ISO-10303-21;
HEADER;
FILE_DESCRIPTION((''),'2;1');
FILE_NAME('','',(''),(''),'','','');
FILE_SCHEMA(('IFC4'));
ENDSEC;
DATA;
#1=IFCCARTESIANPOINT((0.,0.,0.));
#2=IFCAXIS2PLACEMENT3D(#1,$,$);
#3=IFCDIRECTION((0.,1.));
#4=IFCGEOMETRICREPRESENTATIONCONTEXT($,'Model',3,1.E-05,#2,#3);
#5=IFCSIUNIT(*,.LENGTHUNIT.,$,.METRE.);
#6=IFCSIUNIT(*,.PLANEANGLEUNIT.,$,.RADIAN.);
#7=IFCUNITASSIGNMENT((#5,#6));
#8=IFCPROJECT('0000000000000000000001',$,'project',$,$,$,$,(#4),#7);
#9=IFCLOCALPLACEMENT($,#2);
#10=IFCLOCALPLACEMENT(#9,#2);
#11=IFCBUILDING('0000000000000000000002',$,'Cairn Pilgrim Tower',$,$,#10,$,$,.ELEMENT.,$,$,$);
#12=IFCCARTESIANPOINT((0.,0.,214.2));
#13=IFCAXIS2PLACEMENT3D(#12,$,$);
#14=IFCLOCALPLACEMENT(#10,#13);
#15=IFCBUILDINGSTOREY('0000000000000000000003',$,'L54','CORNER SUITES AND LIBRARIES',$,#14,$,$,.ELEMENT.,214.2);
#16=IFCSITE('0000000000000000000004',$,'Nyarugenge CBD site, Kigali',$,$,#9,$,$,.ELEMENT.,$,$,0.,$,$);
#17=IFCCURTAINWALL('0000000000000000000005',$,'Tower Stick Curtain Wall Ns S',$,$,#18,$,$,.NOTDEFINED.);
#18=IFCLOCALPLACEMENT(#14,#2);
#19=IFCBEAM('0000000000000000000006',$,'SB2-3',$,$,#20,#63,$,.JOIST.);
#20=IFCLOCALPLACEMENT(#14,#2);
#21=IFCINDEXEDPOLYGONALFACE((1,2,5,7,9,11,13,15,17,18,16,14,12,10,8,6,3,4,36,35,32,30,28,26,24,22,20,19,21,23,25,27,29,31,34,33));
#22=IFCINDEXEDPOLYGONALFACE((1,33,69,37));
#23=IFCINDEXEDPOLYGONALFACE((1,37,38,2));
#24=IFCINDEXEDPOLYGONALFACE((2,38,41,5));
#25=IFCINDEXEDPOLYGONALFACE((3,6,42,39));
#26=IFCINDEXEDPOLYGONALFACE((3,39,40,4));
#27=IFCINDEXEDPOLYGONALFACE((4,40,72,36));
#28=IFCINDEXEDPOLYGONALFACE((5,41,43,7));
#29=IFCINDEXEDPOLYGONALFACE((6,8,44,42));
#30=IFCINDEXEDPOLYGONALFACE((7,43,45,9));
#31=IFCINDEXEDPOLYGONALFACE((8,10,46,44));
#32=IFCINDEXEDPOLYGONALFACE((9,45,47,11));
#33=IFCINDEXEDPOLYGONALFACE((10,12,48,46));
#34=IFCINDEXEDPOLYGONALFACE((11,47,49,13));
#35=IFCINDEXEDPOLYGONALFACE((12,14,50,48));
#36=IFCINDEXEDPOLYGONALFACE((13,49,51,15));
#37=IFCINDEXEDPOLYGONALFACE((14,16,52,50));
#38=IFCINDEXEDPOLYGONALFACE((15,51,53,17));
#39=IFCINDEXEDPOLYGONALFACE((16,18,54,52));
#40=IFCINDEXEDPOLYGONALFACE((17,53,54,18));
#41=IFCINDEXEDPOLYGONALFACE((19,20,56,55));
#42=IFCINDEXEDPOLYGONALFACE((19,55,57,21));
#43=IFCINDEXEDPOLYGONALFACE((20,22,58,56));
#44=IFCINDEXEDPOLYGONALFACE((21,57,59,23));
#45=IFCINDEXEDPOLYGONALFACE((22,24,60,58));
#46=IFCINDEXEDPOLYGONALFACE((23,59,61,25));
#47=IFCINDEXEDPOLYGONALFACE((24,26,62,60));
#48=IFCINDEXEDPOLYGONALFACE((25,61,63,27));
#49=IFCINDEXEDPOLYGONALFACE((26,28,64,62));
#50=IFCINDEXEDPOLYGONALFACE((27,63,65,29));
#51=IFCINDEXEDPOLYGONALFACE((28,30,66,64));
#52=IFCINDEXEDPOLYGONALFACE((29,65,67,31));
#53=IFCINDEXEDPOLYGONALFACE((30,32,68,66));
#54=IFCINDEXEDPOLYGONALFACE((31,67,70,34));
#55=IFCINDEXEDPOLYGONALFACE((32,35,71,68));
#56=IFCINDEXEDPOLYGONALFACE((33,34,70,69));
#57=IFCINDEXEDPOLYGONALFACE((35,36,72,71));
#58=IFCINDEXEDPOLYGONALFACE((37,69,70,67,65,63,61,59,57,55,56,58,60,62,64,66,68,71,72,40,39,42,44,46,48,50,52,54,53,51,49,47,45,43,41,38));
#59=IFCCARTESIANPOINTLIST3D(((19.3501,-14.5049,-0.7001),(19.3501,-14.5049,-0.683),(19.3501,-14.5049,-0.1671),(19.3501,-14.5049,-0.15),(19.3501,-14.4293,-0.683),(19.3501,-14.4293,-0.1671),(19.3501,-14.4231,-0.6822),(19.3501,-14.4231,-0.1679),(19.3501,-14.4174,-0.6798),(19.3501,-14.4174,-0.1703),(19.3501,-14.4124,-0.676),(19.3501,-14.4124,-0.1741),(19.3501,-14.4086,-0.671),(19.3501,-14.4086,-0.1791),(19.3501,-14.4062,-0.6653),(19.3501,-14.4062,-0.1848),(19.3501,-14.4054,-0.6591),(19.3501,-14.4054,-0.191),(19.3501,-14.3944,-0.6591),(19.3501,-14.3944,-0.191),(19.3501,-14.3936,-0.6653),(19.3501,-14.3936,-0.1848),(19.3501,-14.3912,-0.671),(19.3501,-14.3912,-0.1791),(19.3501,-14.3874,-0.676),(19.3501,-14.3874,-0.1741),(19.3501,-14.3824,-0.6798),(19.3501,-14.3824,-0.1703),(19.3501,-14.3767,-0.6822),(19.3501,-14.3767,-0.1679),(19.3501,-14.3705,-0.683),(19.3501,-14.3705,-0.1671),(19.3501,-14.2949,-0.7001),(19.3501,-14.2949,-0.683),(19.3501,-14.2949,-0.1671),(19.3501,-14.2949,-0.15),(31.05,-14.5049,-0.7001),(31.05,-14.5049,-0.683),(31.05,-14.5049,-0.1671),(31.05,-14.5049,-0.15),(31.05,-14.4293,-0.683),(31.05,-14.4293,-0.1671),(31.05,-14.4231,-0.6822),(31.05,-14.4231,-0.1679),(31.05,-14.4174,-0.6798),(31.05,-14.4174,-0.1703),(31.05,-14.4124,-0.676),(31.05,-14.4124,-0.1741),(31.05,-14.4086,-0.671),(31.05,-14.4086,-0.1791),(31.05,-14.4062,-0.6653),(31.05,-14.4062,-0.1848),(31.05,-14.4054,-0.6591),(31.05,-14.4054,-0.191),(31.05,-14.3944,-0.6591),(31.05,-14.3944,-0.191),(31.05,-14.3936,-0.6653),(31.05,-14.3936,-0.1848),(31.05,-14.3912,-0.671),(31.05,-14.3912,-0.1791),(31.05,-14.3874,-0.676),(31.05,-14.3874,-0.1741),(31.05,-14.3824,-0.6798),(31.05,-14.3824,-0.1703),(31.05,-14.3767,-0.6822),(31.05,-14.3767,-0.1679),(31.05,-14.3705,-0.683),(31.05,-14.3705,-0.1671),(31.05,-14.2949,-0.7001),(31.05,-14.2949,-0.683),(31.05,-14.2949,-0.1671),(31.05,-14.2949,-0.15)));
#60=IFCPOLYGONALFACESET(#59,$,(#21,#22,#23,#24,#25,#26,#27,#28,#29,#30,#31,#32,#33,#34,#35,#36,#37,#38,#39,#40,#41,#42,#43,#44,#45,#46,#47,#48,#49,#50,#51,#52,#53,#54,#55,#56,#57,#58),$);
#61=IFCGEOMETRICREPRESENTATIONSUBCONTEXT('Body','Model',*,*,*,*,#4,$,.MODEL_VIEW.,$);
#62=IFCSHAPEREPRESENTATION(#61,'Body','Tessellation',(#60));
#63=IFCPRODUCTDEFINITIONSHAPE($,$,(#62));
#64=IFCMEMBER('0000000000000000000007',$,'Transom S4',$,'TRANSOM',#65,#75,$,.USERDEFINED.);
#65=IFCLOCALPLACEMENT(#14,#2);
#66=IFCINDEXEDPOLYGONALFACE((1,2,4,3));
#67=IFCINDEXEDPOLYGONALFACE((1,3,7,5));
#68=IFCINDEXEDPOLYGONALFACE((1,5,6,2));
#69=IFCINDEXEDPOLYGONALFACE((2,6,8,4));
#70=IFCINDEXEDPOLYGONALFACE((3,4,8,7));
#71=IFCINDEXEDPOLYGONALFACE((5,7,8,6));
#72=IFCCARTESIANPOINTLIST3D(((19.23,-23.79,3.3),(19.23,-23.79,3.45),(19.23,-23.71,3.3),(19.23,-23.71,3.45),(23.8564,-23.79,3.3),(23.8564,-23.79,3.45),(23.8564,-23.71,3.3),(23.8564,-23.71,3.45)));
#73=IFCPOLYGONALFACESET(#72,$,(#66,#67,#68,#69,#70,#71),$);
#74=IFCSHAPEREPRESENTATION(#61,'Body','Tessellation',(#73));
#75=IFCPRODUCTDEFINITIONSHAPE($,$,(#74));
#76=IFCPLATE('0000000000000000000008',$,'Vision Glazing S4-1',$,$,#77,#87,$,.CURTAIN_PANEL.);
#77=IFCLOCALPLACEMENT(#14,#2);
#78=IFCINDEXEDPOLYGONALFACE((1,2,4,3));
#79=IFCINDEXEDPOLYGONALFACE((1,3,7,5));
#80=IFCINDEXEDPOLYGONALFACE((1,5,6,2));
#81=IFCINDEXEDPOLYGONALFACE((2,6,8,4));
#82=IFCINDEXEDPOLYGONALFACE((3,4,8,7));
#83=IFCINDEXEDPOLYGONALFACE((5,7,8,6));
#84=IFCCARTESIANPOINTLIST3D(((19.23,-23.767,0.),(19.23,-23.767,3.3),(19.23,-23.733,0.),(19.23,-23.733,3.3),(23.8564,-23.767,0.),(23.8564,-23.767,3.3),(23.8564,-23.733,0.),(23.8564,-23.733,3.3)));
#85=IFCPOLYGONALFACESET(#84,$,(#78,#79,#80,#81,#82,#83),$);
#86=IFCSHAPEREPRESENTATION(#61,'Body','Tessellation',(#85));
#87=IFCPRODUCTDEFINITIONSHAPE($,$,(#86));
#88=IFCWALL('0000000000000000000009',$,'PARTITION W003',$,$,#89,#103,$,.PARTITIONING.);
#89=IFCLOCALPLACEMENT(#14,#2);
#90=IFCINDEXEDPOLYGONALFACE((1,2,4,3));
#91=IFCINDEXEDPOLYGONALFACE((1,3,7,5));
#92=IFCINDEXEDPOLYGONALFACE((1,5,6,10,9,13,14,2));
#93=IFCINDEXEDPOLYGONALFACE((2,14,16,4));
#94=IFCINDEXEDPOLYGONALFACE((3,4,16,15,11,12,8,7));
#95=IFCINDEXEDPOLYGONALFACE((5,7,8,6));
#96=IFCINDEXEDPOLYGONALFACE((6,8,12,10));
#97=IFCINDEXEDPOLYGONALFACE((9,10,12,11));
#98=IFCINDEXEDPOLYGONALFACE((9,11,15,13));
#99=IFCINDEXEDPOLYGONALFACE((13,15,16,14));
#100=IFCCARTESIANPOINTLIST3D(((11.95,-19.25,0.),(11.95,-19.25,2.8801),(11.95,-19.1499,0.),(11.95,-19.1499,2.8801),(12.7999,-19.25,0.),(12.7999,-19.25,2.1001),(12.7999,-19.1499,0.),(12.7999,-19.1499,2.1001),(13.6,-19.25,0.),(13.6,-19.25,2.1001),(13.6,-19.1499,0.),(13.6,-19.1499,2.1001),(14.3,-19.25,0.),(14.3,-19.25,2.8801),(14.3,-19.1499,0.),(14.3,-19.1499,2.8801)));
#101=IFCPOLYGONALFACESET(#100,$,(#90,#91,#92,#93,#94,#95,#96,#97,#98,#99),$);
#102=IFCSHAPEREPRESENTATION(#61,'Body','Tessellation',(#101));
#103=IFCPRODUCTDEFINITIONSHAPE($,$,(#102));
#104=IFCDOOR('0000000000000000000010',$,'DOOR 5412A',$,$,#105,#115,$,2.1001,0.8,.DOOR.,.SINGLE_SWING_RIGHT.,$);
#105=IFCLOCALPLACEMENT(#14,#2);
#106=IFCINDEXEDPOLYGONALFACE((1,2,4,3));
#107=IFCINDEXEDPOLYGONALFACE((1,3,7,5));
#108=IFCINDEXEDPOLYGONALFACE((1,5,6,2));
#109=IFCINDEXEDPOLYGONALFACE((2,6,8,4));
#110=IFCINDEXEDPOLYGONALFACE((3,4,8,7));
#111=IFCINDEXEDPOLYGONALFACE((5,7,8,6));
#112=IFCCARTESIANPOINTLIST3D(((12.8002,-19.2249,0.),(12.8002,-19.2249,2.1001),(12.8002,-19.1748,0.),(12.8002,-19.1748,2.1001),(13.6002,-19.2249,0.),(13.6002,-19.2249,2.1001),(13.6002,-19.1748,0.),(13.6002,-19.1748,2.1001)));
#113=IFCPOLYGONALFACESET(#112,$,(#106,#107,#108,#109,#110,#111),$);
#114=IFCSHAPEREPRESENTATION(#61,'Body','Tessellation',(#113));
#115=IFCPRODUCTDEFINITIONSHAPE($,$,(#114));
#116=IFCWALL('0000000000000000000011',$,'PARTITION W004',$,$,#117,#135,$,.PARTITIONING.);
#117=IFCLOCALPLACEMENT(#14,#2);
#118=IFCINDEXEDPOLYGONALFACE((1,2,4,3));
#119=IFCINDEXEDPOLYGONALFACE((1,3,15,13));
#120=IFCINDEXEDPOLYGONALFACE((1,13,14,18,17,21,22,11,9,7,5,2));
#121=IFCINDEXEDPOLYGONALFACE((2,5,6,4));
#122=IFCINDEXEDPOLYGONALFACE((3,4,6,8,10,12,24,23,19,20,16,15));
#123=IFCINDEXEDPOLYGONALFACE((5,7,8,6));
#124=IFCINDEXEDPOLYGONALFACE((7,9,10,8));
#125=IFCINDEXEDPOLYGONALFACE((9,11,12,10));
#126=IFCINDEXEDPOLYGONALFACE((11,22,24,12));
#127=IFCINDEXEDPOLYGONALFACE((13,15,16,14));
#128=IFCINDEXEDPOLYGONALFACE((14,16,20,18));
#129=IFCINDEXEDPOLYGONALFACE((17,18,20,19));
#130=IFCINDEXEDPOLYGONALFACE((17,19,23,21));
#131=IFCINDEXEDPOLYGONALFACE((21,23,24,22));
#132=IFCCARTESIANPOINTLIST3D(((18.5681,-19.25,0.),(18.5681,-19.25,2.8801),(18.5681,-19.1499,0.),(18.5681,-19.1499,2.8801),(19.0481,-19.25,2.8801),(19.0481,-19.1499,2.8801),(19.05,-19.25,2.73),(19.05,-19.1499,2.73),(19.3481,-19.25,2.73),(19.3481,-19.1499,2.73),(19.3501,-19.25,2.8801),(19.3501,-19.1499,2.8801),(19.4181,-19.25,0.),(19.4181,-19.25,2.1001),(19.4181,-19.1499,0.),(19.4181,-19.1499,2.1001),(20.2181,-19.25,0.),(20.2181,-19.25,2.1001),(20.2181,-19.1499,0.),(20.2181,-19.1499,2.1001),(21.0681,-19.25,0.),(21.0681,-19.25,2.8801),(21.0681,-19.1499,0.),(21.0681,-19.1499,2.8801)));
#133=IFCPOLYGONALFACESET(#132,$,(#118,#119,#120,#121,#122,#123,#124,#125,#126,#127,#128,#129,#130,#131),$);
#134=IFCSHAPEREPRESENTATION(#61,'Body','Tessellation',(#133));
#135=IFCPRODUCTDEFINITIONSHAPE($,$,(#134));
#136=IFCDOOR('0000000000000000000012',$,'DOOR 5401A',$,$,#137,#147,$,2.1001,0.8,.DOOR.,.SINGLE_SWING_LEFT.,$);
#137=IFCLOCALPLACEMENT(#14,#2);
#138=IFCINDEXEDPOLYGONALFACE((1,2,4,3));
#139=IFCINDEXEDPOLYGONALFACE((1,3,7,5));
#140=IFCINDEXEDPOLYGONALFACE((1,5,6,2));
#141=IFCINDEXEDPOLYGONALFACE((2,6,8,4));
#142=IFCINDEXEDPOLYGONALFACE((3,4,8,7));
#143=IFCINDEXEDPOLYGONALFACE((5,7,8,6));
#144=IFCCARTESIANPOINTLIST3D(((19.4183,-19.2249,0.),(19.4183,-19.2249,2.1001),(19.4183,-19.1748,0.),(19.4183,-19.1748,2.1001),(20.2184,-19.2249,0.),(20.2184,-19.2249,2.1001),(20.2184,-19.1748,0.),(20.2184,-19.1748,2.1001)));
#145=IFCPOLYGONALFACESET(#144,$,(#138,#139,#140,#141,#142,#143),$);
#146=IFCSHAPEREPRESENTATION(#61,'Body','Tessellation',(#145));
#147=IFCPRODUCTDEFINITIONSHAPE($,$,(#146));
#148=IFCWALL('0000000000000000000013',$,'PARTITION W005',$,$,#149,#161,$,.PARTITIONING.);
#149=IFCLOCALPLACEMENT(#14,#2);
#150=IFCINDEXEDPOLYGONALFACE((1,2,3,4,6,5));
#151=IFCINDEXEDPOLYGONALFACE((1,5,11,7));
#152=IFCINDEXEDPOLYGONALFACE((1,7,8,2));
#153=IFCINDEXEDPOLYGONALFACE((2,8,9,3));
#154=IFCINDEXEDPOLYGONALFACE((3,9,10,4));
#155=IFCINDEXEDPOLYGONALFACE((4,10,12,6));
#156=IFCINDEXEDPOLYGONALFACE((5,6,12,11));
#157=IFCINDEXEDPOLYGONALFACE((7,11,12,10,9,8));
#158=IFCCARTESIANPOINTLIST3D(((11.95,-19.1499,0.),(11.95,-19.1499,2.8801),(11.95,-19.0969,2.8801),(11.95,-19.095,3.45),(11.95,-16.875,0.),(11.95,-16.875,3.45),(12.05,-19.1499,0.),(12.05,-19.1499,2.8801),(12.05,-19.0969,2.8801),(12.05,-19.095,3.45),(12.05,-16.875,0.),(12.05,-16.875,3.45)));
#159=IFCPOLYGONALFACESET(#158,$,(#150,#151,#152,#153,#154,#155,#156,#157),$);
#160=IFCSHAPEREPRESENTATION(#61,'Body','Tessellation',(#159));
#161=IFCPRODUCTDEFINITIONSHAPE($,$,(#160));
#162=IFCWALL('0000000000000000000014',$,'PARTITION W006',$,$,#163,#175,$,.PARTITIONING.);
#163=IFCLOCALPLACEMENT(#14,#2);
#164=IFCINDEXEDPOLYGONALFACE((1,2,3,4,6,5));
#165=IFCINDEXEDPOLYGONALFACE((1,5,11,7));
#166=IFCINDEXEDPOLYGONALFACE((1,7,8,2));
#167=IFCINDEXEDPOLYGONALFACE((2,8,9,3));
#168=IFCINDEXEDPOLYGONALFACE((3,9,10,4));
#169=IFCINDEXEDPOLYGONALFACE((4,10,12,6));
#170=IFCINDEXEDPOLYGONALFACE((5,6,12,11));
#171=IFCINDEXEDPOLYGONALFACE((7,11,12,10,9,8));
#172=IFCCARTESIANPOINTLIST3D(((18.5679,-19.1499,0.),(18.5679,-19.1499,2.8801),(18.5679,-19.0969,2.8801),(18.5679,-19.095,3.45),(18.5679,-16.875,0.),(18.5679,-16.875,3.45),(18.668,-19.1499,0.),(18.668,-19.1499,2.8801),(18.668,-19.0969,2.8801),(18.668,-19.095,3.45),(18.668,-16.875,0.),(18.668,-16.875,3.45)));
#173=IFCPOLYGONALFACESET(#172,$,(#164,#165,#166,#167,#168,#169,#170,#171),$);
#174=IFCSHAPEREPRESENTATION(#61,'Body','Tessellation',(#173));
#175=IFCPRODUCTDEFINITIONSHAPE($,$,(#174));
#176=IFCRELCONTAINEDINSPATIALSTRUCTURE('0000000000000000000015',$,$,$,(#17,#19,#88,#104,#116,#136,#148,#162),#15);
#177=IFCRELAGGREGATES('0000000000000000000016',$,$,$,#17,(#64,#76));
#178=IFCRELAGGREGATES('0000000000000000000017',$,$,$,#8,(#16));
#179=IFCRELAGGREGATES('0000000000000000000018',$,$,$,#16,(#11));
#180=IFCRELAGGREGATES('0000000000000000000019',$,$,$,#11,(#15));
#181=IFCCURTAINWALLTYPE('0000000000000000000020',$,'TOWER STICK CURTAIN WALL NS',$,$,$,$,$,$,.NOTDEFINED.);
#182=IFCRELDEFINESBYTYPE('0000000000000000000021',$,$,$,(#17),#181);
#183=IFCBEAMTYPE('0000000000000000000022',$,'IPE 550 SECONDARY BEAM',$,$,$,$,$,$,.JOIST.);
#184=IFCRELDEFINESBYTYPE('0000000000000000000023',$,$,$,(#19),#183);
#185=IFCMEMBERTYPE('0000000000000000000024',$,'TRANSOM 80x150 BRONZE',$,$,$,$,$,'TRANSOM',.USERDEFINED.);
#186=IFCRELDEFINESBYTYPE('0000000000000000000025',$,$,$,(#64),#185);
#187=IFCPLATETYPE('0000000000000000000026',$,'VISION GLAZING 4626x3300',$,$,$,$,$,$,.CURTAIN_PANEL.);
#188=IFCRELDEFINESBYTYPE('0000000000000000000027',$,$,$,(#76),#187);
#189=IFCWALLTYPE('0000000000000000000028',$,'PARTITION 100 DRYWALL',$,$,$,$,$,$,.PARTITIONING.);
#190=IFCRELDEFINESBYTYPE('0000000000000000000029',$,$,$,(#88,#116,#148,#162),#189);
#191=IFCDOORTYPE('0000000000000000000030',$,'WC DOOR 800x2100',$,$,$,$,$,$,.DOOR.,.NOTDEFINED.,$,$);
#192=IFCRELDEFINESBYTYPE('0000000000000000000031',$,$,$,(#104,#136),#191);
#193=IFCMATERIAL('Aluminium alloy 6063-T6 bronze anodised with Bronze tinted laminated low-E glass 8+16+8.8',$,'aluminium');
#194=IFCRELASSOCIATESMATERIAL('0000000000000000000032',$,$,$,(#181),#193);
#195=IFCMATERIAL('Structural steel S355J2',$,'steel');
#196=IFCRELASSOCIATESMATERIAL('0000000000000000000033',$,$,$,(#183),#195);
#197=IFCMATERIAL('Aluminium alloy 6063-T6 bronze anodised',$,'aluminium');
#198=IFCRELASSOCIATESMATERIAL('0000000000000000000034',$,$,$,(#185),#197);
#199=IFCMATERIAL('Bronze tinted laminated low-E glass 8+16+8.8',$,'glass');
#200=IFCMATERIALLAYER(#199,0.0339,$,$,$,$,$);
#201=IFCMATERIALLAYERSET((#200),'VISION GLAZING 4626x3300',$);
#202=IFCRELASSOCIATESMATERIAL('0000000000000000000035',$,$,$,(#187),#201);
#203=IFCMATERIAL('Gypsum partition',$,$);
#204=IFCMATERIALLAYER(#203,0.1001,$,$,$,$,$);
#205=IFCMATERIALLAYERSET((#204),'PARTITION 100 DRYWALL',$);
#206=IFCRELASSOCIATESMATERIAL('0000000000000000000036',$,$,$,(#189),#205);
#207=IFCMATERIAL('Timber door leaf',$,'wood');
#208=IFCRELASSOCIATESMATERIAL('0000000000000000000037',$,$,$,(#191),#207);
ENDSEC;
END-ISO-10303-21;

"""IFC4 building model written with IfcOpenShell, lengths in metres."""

from ifc_helpers import new_model, si_unit, direction, frame, frame_2d, origin, origin_2d, place, context, subcontext, project, spatial, polyline, rectangle, i_section, outline, extrude, material, layer, layer_set, material_profile, profile_set, type_object, element, fill, aggregate, save


model = new_model("IFC4")

# Units and contexts
model_context = context("Model", 3, precision=1e-05, world=origin(), true_north=direction((0.0, 1.0)))
body_context = subcontext(model_context, "Body", "Model", "MODEL_VIEW")
ifc_project = project(units=[si_unit("LENGTHUNIT", "METRE"), si_unit("PLANEANGLEUNIT", "RADIAN")], contexts=[model_context])

# Site, building, storey
site_placement = place(None, origin())
site = spatial("IfcSite", under=ifc_project, at=site_placement, Name="Nyarugenge CBD site, Kigali", CompositionType="ELEMENT", RefElevation=0.0)
building_placement = place(site_placement, origin())
building = spatial("IfcBuilding", under=site, at=building_placement, Name="Cairn Pilgrim Tower", CompositionType="ELEMENT")
storey_placement = place(building_placement, frame((0.0, 0.0, 214.2)))
storey = spatial("IfcBuildingStorey", under=building, at=storey_placement, Name="L54", Description="CORNER SUITES AND LIBRARIES", CompositionType="ELEMENT", Elevation=214.2)

# Curtain wall
ifc_material_1 = material(Name="Aluminium alloy 6063-T6 bronze anodised with Bronze tinted laminated low-E glass 8+16+8.8", Category="aluminium")
curtain_wall_type = type_object("IfcCurtainWallType", Name="TOWER STICK CURTAIN WALL NS", PredefinedType="NOTDEFINED", material=ifc_material_1)
curtain_wall_placement = place(storey_placement, origin())
curtain_wall = element("IfcCurtainWall", 1, at=curtain_wall_placement, inside=storey, type_object=curtain_wall_type, Name="Tower Stick Curtain Wall Ns S", PredefinedType="NOTDEFINED")
ifc_material_2 = material(Name="Aluminium alloy 6063-T6 bronze anodised", Category="aluminium")

# Beam
ifc_material_3 = material(Name="Structural steel S355J2", Category="steel")
ifc_material_profile_1 = material_profile(ifc_material_3, i_section(OverallWidth=0.21, OverallDepth=0.55, WebThickness=0.011, FlangeThickness=0.0171, FilletRadius=0.0239, at=origin_2d()), Name="IPE 550")
ifc_profile_set_1 = profile_set([ifc_material_profile_1], Name="Structural steel S355J2")
beam_type_1 = type_object("IfcBeamType", Name="IPE 550 SECONDARY BEAM", PredefinedType="JOIST", material=ifc_profile_set_1)
beam_1_placement = place(storey_placement, frame((19.3501, -14.3999, -0.425), z_axis=(1.0, 0.0, 0.0), x_axis=(0.0, 1.0, 0.0)))
element("IfcBeam", 2, at=beam_1_placement, inside=storey, type_object=beam_type_1, Name="SB2-3", PredefinedType="JOIST", context=body_context, shape_type="SweptSolid", body=[
    extrude(i_section(OverallWidth=0.21, OverallDepth=0.55, WebThickness=0.011, FlangeThickness=0.0171, FilletRadius=0.0239, at=origin_2d()), origin(), (0.0, 0.0, 1.0), 11.7),
])

# Member
ifc_material_profile_2 = material_profile(ifc_material_2, rectangle(XDim=0.0801, YDim=0.1499, at=origin_2d()), Name="TRANSOM 80x150 BRONZE")
ifc_profile_set_2 = profile_set([ifc_material_profile_2], Name="Aluminium alloy 6063-T6 bronze anodised")
member_type_1 = type_object("IfcMemberType", Name="TRANSOM 80x150 BRONZE", ElementType="TRANSOM", PredefinedType="USERDEFINED", material=ifc_profile_set_2)
member_1_placement = place(storey_placement, frame((19.23, -23.75, 3.375), z_axis=(1.0, 0.0, 0.0), x_axis=(0.0, 1.0, 0.0)))
member_1 = element("IfcMember", 3, at=member_1_placement, type_object=member_type_1, Name="Transom S4", ObjectType="TRANSOM", PredefinedType="USERDEFINED", context=body_context, shape_type="SweptSolid", body=[
    extrude(rectangle(XDim=0.0801, YDim=0.1499, at=origin_2d()), origin(), (0.0, 0.0, 1.0), 4.6265),
])

# Plate
ifc_material_4 = material(Name="Bronze tinted laminated low-E glass 8+16+8.8", Category="glass")
ifc_layer_1 = layer(ifc_material_4, 0.0339)
ifc_layer_set_1 = layer_set([ifc_layer_1], Name="VISION GLAZING 4626x3300")
plate_type = type_object("IfcPlateType", Name="VISION GLAZING 4626x3300", PredefinedType="CURTAIN_PANEL", material=ifc_layer_set_1)
plate_placement = place(storey_placement, frame((21.5432, -23.75, 0.0), z_axis=(0.0, 0.0, 1.0), x_axis=(1.0, 0.0, 0.0)))
plate = element("IfcPlate", 4, at=plate_placement, type_object=plate_type, Name="Vision Glazing S4-1", PredefinedType="CURTAIN_PANEL", context=body_context, shape_type="SweptSolid", body=[
    extrude(rectangle(XDim=4.6265, YDim=0.0339, at=origin_2d()), origin(), (0.0, 0.0, 1.0), 3.3),
])
aggregate(curtain_wall, [member_1, plate])

# Walls, openings, doors
ifc_material_5 = material(Name="Gypsum partition")
ifc_layer_2 = layer(ifc_material_5, 0.1001)
ifc_layer_set_2 = layer_set([ifc_layer_2], Name="PARTITION 100 DRYWALL")
wall_type_1 = type_object("IfcWallType", Name="PARTITION 100 DRYWALL", PredefinedType="PARTITIONING", material=ifc_layer_set_2)
wall_1_placement = place(storey_placement, frame((11.95, -19.2, 0.0), z_axis=(0.0, 0.0, 1.0), x_axis=(1.0, 0.0, 0.0)))
wall_1 = element("IfcWall", 5, at=wall_1_placement, inside=storey, type_object=wall_type_1, Name="PARTITION W003", PredefinedType="PARTITIONING", context=body_context, shape_type="SweptSolid", body=[
    extrude(rectangle(XDim=2.3501, YDim=0.1001, at=frame_2d((1.175, 0.0))), origin(), (0.0, 0.0, 1.0), 2.8801),
])
opening_1_placement = place(wall_1_placement, frame((0.8501, 0.0, 0.0)))
opening_1 = element("IfcOpeningElement", 6, at=opening_1_placement, cuts=wall_1, PredefinedType="OPENING", context=body_context, shape_type="SweptSolid", body=[
    extrude(rectangle(XDim=0.8, YDim=2.1001, at=frame_2d((0.3999, 1.05))), frame((0.0, 0.0601, 0.0), z_axis=(0.0, -1.0, 0.0), x_axis=(1.0, 0.0, 0.0)), (0.0, 0.0, 1.0), 0.1201),
])
ifc_material_6 = material(Name="Timber door leaf", Category="wood")
door_type_1 = type_object("IfcDoorType", Name="WC DOOR 800x2100", OperationType="NOTDEFINED", PredefinedType="DOOR", material=ifc_material_6)
door_1_placement = place(opening_1_placement, frame((0.8, 0.0, 0.0), z_axis=(0.0, 0.0, 1.0), x_axis=(-1.0, 0.0, 0.0)))
door_1 = element("IfcDoor", 7, at=door_1_placement, inside=storey, type_object=door_type_1, Name="DOOR 5412A", OperationType="SINGLE_SWING_RIGHT", OverallHeight=2.1001, OverallWidth=0.8, PredefinedType="DOOR", context=body_context, shape_type="SweptSolid", body=[
    extrude(rectangle(XDim=0.8, YDim=2.1001, at=frame_2d((0.3999, 1.05))), frame((0.0, 0.0249, 0.0), z_axis=(0.0, -1.0, 0.0), x_axis=(1.0, 0.0, 0.0)), (0.0, 0.0, 1.0), 0.05),
])
fill(opening_1, door_1)
wall_2_placement = place(storey_placement, frame((18.5681, -19.2, 0.0), z_axis=(0.0, 0.0, 1.0), x_axis=(1.0, 0.0, 0.0)))
wall_2 = element("IfcWall", 8, at=wall_2_placement, inside=storey, type_object=wall_type_1, Name="PARTITION W004", PredefinedType="PARTITIONING", context=body_context, shape_type="SweptSolid", body=[
    extrude(outline(polyline([(0.0, 0.0), (2.5, 0.0), (2.5, 2.8801), (0.782, 2.8801), (0.78, 2.73), (0.4819, 2.73), (0.48, 2.8801), (0.0, 2.8801), (0.0, 0.0)])), frame((0.0, 0.05, 0.0), z_axis=(0.0, -1.0, 0.0), x_axis=(1.0, 0.0, 0.0)), (0.0, 0.0, 1.0), 0.1001),
])
opening_2_placement = place(wall_2_placement, frame((0.8501, 0.0, 0.0)))
opening_2 = element("IfcOpeningElement", 9, at=opening_2_placement, cuts=wall_2, PredefinedType="OPENING", context=body_context, shape_type="SweptSolid", body=[
    extrude(rectangle(XDim=0.8, YDim=2.1001, at=frame_2d((0.3999, 1.05))), frame((0.0, 0.0601, 0.0), z_axis=(0.0, -1.0, 0.0), x_axis=(1.0, 0.0, 0.0)), (0.0, 0.0, 1.0), 0.1201),
])
door_2_placement = place(opening_2_placement, frame((0.8, 0.0, 0.0), z_axis=(0.0, 0.0, 1.0), x_axis=(-1.0, 0.0, 0.0)))
door_2 = element("IfcDoor", 10, at=door_2_placement, inside=storey, type_object=door_type_1, Name="DOOR 5401A", OperationType="SINGLE_SWING_LEFT", OverallHeight=2.1001, OverallWidth=0.8, PredefinedType="DOOR", context=body_context, shape_type="SweptSolid", body=[
    extrude(rectangle(XDim=0.8, YDim=2.1001, at=frame_2d((0.3999, 1.05))), frame((0.0, 0.0249, 0.0), z_axis=(0.0, -1.0, 0.0), x_axis=(1.0, 0.0, 0.0)), (0.0, 0.0, 1.0), 0.05),
])
fill(opening_2, door_2)

# Walls
for number, where, z_axis, x_axis, name in (
    (11, (12.0, -19.1499, 0.0), (0.0, 0.0, 1.0), (0.0, 1.0, 0.0), "PARTITION W005"),
    (12, (18.6179, -19.1499, 0.0), (0.0, 0.0, 1.0), (0.0, 1.0, 0.0), "PARTITION W006"),
):
    element("IfcWall", number, at=place(storey_placement, frame(where, z_axis=z_axis, x_axis=x_axis)), inside=storey, type_object=wall_type_1, Name=name, PredefinedType="PARTITIONING", context=body_context, shape_type="SweptSolid", body=[
        extrude(outline(polyline([(0.0, 0.0), (2.2749, 0.0), (2.2749, 3.45), (0.0549, 3.45), (0.053, 2.8801), (0.0, 2.8801), (0.0, 0.0)])), frame((0.0, 0.05, 0.0), z_axis=(0.0, -1.0, 0.0), x_axis=(1.0, 0.0, 0.0)), (0.0, 0.0, 1.0), 0.1001),
    ])

save(model, "model.ifc")
